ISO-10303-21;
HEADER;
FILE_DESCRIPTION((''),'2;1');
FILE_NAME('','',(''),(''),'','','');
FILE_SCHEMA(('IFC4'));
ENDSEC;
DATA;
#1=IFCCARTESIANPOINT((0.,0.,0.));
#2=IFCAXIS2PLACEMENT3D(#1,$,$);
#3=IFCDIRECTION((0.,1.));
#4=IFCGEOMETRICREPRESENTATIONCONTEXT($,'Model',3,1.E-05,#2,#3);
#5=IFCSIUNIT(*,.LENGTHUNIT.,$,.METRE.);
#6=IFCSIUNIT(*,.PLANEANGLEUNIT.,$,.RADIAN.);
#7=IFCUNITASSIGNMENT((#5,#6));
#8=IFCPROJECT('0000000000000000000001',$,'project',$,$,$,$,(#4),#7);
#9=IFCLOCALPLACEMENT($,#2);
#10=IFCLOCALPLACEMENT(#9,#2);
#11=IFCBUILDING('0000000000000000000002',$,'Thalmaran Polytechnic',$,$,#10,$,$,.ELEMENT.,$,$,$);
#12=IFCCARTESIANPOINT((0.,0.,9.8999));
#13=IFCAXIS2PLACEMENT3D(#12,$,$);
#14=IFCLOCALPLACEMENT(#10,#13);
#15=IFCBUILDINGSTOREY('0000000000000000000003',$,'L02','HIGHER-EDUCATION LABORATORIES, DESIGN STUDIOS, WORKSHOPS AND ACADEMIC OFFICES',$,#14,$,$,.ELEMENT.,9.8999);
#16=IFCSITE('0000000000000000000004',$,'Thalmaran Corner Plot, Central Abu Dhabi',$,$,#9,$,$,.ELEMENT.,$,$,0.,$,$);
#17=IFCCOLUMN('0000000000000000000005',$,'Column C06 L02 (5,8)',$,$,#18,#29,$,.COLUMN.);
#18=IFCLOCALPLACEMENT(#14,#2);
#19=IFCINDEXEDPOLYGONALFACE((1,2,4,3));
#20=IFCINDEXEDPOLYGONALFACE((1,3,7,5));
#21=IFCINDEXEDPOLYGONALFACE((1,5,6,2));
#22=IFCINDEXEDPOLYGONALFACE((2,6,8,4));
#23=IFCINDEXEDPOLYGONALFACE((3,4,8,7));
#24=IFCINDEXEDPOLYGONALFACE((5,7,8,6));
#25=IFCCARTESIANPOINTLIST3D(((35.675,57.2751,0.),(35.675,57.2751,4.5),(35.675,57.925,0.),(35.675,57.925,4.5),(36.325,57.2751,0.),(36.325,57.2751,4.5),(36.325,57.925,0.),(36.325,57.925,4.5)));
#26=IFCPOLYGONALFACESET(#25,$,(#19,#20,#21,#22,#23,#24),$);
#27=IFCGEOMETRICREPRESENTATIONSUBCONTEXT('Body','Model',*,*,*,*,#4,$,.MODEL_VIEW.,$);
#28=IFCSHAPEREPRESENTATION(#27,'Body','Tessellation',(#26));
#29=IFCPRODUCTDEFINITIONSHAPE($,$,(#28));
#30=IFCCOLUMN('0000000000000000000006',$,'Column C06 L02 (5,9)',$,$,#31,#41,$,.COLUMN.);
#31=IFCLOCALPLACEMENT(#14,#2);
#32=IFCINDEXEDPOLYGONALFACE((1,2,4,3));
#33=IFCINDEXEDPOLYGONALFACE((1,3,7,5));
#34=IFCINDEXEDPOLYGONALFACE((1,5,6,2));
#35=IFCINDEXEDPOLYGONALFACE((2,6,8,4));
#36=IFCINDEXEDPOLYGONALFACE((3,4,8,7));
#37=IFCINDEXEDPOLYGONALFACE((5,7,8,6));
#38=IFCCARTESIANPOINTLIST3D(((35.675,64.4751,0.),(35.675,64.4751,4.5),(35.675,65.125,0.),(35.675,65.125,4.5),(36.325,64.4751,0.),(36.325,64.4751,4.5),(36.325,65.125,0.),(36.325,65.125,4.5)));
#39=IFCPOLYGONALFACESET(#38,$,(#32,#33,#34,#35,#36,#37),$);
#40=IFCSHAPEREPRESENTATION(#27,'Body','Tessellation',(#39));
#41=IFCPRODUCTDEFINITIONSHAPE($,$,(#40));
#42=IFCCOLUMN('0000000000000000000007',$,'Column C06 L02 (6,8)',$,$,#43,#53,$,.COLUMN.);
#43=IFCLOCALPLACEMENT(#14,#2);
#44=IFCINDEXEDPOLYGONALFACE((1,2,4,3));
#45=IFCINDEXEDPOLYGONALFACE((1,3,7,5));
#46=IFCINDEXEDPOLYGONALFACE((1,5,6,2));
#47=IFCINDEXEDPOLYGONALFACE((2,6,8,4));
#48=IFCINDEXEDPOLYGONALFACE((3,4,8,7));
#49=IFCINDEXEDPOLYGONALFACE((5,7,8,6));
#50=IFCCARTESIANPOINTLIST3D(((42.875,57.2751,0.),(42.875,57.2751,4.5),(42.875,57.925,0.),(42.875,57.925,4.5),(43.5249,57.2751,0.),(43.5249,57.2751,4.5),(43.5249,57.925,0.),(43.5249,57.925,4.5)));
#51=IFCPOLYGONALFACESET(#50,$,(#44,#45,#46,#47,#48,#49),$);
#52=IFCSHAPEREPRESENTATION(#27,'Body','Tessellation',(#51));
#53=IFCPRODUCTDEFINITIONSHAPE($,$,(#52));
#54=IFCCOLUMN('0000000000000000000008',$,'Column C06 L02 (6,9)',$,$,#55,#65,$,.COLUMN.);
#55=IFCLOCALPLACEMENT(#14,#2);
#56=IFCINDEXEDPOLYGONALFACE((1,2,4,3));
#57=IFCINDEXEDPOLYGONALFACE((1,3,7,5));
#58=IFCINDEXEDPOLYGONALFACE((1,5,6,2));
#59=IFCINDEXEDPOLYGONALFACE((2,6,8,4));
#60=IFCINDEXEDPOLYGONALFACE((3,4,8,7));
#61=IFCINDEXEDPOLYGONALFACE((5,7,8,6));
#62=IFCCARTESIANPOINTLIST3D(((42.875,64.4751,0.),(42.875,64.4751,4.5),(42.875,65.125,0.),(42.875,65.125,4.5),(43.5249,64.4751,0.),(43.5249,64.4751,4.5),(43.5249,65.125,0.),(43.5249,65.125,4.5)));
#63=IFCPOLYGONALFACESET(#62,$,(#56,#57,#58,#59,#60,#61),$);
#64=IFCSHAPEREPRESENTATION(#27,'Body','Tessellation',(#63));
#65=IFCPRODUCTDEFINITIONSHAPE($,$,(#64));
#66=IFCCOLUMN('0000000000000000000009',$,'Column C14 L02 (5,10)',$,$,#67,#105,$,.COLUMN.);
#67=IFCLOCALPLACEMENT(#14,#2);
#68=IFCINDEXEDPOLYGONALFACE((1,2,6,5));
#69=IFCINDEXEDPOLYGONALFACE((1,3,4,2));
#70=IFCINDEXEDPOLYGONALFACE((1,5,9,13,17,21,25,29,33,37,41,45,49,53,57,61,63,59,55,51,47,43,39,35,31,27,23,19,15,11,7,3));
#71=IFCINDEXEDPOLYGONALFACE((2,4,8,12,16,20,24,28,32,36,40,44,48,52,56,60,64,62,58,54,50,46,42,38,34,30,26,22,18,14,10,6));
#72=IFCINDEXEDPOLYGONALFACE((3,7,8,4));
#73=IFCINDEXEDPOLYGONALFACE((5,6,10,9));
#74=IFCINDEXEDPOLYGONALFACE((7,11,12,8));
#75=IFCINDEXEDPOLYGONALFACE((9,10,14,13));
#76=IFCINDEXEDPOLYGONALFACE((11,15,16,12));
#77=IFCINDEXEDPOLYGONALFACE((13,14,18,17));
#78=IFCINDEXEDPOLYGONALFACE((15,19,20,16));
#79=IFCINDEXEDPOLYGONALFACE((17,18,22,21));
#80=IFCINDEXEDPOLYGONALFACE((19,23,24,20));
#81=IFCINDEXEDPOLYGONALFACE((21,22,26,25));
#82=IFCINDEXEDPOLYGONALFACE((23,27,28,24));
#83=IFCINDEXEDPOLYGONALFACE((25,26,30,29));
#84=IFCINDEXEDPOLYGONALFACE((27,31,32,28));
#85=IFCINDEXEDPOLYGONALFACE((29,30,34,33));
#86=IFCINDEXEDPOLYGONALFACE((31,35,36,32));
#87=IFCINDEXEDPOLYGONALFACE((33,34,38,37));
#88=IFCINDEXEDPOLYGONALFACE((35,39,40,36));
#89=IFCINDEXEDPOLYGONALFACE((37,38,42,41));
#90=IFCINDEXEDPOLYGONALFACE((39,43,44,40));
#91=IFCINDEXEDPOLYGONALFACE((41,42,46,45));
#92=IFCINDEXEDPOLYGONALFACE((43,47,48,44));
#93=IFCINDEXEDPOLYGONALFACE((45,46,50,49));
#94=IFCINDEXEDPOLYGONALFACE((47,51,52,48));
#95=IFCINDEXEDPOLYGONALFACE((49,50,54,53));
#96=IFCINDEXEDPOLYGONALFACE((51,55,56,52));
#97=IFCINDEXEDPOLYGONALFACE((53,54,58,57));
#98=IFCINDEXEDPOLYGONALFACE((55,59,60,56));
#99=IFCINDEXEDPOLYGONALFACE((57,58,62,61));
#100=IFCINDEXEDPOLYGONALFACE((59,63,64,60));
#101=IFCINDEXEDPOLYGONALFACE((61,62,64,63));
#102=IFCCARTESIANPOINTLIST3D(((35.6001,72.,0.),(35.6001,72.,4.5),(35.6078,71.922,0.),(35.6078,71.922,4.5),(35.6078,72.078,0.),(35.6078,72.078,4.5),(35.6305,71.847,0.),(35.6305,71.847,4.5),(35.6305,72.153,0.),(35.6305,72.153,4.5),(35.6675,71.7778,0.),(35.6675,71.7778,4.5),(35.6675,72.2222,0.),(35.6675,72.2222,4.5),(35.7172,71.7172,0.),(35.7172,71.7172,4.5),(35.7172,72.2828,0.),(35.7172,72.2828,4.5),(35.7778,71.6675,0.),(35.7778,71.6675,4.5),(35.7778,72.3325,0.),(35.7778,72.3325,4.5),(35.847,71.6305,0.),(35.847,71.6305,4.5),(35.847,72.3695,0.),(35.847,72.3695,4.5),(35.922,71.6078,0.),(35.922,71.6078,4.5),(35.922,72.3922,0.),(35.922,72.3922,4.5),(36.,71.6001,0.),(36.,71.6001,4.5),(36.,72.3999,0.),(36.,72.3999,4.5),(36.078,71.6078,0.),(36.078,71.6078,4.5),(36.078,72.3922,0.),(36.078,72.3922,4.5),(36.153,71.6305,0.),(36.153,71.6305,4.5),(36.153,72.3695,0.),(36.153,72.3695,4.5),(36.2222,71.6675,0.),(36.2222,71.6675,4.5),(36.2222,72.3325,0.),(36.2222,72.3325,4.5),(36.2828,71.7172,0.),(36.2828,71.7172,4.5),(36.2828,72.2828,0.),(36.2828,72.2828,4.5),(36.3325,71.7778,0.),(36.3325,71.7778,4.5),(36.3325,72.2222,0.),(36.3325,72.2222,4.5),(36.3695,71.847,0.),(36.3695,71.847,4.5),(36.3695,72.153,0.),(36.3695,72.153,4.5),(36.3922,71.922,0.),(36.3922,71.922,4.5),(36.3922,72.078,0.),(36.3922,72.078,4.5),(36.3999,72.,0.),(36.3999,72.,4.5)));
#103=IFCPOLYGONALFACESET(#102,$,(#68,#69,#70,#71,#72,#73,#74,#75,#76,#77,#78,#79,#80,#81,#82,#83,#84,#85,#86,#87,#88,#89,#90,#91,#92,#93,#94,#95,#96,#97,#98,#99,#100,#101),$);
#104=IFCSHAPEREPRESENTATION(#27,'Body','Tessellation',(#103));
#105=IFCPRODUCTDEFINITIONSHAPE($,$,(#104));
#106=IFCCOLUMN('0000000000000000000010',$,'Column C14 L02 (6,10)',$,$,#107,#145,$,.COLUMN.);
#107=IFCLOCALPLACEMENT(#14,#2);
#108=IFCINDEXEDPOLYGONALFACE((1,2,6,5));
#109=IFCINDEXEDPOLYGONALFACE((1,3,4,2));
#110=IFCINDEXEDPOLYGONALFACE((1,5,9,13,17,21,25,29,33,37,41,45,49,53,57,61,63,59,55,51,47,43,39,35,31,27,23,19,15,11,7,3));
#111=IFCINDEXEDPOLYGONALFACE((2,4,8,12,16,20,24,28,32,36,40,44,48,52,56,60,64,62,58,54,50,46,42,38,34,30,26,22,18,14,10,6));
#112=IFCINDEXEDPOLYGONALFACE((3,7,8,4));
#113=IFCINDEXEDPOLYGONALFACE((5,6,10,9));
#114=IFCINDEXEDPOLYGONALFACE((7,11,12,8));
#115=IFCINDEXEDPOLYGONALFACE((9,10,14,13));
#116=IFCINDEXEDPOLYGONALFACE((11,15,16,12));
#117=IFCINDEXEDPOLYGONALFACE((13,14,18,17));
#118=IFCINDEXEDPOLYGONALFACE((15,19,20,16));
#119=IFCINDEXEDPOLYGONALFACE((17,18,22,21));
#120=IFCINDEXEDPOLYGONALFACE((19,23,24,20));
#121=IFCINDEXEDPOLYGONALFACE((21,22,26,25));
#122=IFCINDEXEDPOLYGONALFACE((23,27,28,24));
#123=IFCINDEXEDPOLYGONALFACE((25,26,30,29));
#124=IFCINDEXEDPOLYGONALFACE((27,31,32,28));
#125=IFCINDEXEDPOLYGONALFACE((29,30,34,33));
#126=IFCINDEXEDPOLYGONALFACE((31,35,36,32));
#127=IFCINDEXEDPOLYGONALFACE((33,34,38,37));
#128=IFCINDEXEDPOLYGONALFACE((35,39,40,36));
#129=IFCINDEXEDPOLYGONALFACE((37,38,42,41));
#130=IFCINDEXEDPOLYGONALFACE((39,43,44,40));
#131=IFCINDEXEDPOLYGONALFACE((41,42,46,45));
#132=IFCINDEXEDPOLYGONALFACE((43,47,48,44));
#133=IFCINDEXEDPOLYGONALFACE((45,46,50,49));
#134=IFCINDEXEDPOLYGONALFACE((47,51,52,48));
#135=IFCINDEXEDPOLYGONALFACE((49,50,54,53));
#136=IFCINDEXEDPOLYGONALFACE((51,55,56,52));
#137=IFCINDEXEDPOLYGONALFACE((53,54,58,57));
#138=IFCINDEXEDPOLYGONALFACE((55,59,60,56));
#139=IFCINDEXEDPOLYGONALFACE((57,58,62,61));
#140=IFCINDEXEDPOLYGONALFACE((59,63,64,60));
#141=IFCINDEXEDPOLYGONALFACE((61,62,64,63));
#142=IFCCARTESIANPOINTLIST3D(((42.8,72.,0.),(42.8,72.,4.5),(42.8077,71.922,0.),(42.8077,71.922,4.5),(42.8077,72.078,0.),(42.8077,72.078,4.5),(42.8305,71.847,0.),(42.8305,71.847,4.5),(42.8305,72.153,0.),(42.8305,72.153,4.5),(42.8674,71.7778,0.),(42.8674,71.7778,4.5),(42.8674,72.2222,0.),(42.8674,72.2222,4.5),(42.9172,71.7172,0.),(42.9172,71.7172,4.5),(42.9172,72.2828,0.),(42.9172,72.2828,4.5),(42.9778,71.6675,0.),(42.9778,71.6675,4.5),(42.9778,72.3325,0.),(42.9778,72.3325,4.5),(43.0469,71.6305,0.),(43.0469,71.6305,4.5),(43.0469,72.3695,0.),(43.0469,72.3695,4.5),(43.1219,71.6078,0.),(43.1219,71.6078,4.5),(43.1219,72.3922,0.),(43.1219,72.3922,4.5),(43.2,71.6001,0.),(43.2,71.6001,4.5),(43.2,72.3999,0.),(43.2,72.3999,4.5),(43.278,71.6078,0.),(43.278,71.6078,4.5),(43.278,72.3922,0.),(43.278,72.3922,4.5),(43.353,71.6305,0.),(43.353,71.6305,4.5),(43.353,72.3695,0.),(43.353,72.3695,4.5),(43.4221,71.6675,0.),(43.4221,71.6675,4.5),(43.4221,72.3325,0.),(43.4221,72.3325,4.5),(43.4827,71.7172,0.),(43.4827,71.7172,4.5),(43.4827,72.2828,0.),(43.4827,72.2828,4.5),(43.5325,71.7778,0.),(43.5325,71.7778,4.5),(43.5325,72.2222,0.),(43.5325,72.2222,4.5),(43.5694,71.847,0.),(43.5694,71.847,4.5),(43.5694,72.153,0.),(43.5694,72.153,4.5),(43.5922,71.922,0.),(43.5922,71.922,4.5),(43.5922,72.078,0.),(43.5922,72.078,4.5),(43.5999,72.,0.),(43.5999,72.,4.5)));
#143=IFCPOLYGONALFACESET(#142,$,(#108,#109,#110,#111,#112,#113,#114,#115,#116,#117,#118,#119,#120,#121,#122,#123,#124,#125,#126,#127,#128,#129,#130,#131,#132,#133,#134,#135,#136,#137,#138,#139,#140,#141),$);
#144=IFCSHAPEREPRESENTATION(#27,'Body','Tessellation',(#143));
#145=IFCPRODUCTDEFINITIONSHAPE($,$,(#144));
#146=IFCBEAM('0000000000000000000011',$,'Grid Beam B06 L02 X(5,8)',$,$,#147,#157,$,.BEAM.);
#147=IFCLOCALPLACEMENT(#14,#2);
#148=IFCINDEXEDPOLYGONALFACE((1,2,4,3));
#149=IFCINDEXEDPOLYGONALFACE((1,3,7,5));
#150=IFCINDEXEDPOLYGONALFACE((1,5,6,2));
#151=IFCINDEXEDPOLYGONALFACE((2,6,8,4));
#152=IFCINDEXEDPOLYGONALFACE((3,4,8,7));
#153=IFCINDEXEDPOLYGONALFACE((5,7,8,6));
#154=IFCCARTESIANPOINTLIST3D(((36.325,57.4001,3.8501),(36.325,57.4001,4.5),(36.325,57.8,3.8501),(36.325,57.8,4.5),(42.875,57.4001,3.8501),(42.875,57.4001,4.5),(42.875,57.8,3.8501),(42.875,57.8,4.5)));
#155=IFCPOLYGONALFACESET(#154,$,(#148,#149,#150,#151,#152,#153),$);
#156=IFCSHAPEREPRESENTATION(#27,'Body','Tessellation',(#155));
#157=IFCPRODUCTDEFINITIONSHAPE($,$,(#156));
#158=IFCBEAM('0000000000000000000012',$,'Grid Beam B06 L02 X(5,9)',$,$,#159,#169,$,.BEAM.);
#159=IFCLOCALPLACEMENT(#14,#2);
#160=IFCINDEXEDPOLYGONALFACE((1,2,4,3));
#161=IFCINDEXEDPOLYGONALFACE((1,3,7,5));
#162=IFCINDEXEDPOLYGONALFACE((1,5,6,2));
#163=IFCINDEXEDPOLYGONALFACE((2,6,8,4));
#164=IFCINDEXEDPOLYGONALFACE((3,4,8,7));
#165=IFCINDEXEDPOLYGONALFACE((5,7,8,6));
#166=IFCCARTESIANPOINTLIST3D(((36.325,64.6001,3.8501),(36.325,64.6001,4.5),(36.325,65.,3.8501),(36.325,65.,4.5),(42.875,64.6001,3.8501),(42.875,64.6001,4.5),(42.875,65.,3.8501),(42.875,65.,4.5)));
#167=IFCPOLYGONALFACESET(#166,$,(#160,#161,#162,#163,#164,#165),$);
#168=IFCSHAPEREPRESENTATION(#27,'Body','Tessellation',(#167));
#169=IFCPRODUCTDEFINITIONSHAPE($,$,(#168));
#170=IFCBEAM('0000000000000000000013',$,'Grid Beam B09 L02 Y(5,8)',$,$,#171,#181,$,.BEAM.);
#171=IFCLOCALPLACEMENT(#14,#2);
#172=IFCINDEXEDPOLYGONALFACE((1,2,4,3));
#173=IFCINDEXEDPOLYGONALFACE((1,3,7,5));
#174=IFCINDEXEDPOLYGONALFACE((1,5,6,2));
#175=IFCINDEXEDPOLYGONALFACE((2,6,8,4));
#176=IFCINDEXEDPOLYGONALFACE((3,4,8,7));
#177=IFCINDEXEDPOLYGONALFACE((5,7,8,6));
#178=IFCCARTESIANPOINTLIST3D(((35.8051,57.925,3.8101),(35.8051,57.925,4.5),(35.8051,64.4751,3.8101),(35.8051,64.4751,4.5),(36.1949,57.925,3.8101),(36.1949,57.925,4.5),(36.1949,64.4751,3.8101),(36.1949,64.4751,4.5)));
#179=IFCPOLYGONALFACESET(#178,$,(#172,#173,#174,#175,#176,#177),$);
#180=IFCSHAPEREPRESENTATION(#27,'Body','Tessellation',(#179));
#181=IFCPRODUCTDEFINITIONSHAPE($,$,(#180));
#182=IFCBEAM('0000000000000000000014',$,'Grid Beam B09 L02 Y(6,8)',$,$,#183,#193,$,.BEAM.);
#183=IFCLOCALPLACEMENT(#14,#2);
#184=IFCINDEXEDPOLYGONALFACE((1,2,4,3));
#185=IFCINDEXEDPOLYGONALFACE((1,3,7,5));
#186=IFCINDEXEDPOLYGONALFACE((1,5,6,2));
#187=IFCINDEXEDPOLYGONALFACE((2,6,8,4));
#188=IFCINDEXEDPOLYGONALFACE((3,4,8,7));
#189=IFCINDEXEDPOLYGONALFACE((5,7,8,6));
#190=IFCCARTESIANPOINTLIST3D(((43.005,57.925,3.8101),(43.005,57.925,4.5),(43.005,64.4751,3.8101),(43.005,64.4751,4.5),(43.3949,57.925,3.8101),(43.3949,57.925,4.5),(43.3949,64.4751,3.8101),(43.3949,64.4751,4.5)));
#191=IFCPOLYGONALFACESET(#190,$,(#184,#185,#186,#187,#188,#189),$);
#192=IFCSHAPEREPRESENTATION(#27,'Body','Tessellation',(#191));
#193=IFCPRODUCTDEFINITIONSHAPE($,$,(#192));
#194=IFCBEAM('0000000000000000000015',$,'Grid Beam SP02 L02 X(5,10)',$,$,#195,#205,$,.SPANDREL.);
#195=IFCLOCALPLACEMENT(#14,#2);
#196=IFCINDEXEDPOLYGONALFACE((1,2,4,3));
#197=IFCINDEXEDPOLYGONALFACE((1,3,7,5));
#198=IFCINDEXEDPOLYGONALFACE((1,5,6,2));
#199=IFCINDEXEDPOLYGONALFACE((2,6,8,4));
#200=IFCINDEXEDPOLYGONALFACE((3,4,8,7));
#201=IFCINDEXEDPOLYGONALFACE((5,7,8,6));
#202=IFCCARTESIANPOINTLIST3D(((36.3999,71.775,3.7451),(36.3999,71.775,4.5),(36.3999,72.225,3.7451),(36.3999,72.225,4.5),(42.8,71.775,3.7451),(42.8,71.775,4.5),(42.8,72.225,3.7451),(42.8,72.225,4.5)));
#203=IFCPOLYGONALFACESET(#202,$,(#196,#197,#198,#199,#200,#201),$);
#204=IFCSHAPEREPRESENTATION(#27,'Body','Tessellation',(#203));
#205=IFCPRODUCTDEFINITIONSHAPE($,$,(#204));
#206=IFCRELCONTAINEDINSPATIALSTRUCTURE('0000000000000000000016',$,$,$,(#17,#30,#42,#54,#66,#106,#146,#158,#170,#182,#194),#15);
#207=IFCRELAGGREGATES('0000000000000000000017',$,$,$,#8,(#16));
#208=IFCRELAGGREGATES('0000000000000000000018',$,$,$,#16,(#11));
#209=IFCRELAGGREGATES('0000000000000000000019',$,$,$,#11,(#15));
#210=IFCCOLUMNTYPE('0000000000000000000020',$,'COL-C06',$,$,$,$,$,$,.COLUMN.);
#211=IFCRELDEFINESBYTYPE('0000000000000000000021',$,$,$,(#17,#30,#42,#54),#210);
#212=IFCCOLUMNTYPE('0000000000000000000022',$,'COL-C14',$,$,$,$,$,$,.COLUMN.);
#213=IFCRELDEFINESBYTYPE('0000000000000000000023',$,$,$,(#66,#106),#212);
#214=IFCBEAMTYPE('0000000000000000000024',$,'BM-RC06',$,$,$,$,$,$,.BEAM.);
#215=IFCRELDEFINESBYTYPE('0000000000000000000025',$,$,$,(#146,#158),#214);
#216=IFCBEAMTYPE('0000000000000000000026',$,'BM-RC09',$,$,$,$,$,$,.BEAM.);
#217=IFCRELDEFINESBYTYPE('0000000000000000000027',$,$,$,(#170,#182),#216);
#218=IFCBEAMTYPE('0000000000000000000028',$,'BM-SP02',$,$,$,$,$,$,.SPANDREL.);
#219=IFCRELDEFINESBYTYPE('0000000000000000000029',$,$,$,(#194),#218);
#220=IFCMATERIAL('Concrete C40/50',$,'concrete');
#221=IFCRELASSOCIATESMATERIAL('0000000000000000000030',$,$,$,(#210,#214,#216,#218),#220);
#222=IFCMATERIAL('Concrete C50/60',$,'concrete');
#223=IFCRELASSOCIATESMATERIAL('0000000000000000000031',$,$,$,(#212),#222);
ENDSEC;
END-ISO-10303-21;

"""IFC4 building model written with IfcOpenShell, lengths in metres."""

from ifc_helpers import new_model, si_unit, direction, frame, origin, origin_2d, place, context, subcontext, project, spatial, rectangle, circle, extrude, material, material_profile, profile_set, type_object, element, save


model = new_model("IFC4")

# Units and contexts
model_context = context("Model", 3, precision=1e-05, world=origin(), true_north=direction((0.0, 1.0)))
body_context = subcontext(model_context, "Body", "Model", "MODEL_VIEW")
ifc_project = project(units=[si_unit("LENGTHUNIT", "METRE"), si_unit("PLANEANGLEUNIT", "RADIAN")], contexts=[model_context])

# Site, building, storey
site_placement = place(None, origin())
site = spatial("IfcSite", under=ifc_project, at=site_placement, Name="Thalmaran Corner Plot, Central Abu Dhabi", CompositionType="ELEMENT", RefElevation=0.0)
building_placement = place(site_placement, origin())
building = spatial("IfcBuilding", under=site, at=building_placement, Name="Thalmaran Polytechnic", CompositionType="ELEMENT")
storey_placement = place(building_placement, frame((0.0, 0.0, 9.8999)))
storey = spatial("IfcBuildingStorey", under=building, at=storey_placement, Name="L02", Description="HIGHER-EDUCATION LABORATORIES, DESIGN STUDIOS, WORKSHOPS AND ACADEMIC OFFICES", CompositionType="ELEMENT", Elevation=9.8999)

# Columns
ifc_material_1 = material(Name="Concrete C40/50", Category="concrete")
ifc_material_profile_1 = material_profile(ifc_material_1, rectangle(XDim=0.6499, YDim=0.6499, at=origin_2d()), Name="RC 650x650")
ifc_profile_set_1 = profile_set([ifc_material_profile_1], Name="Concrete C40/50")
column_type_1 = type_object("IfcColumnType", Name="COL-C06", PredefinedType="COLUMN", material=ifc_profile_set_1)
for number, where, z_axis, x_axis, name in (
    (1, (36.0, 57.6001, 0.0), (0.0, 0.0, 1.0), (1.0, 0.0, 0.0), "Column C06 L02 (5,8)"),
    (2, (36.0, 64.8, 0.0), (0.0, 0.0, 1.0), (1.0, 0.0, 0.0), "Column C06 L02 (5,9)"),
    (3, (43.2, 57.6001, 0.0), (0.0, 0.0, 1.0), (1.0, 0.0, 0.0), "Column C06 L02 (6,8)"),
    (4, (43.2, 64.8, 0.0), (0.0, 0.0, 1.0), (1.0, 0.0, 0.0), "Column C06 L02 (6,9)"),
):
    element("IfcColumn", number, at=place(storey_placement, frame(where, z_axis=z_axis, x_axis=x_axis)), inside=storey, type_object=column_type_1, Name=name, PredefinedType="COLUMN", context=body_context, shape_type="SweptSolid", body=[
        extrude(rectangle(XDim=0.6499, YDim=0.6499, at=origin_2d()), origin(), (0.0, 0.0, 1.0), 4.5),
    ])
ifc_material_2 = material(Name="Concrete C50/60", Category="concrete")
ifc_material_profile_2 = material_profile(ifc_material_2, circle(Radius=0.3999, at=origin_2d()), Name="RC 800 DIA")
ifc_profile_set_2 = profile_set([ifc_material_profile_2], Name="Concrete C50/60")
column_type_2 = type_object("IfcColumnType", Name="COL-C14", PredefinedType="COLUMN", material=ifc_profile_set_2)
for number, where, z_axis, x_axis, name in (
    (5, (36.0, 72.0, 0.0), (0.0, 0.0, 1.0), (1.0, 0.0, 0.0), "Column C14 L02 (5,10)"),
    (6, (43.2, 72.0, 0.0), (0.0, 0.0, 1.0), (1.0, 0.0, 0.0), "Column C14 L02 (6,10)"),
):
    element("IfcColumn", number, at=place(storey_placement, frame(where, z_axis=z_axis, x_axis=x_axis)), inside=storey, type_object=column_type_2, Name=name, PredefinedType="COLUMN", context=body_context, shape_type="SweptSolid", body=[
        extrude(circle(Radius=0.3999, at=origin_2d()), origin(), (0.0, 0.0, 1.0), 4.5),
    ])

# Beams
ifc_material_profile_3 = material_profile(ifc_material_1, rectangle(XDim=0.3999, YDim=0.6499, at=origin_2d()), Name="RC 400x650")
ifc_profile_set_3 = profile_set([ifc_material_profile_3], Name="Concrete C40/50")
beam_type_1 = type_object("IfcBeamType", Name="BM-RC06", PredefinedType="BEAM", material=ifc_profile_set_3)
for number, where, z_axis, x_axis, name in (
    (7, (36.325, 57.6001, 4.175), (1.0, 0.0, 0.0), (0.0, 1.0, 0.0), "Grid Beam B06 L02 X(5,8)"),
    (8, (36.325, 64.8, 4.175), (1.0, 0.0, 0.0), (0.0, 1.0, 0.0), "Grid Beam B06 L02 X(5,9)"),
):
    element("IfcBeam", number, at=place(storey_placement, frame(where, z_axis=z_axis, x_axis=x_axis)), inside=storey, type_object=beam_type_1, Name=name, PredefinedType="BEAM", context=body_context, shape_type="SweptSolid", body=[
        extrude(rectangle(XDim=0.3999, YDim=0.6499, at=origin_2d()), origin(), (0.0, 0.0, 1.0), 6.55),
    ])
ifc_material_profile_4 = material_profile(ifc_material_1, rectangle(XDim=0.3899, YDim=0.6899, at=origin_2d()), Name="RC 390x690")
ifc_profile_set_4 = profile_set([ifc_material_profile_4], Name="Concrete C40/50")
beam_type_2 = type_object("IfcBeamType", Name="BM-RC09", PredefinedType="BEAM", material=ifc_profile_set_4)
for number, where, z_axis, x_axis, name in (
    (9, (36.0, 57.925, 4.155), (0.0, 1.0, 0.0), (-1.0, 0.0, 0.0), "Grid Beam B09 L02 Y(5,8)"),
    (10, (43.2, 57.925, 4.155), (0.0, 1.0, 0.0), (-1.0, 0.0, 0.0), "Grid Beam B09 L02 Y(6,8)"),
):
    element("IfcBeam", number, at=place(storey_placement, frame(where, z_axis=z_axis, x_axis=x_axis)), inside=storey, type_object=beam_type_2, Name=name, PredefinedType="BEAM", context=body_context, shape_type="SweptSolid", body=[
        extrude(rectangle(XDim=0.3899, YDim=0.6899, at=origin_2d()), origin(), (0.0, 0.0, 1.0), 6.55),
    ])
ifc_material_profile_5 = material_profile(ifc_material_1, rectangle(XDim=0.45, YDim=0.7549, at=origin_2d()), Name="RC 450x755")
ifc_profile_set_5 = profile_set([ifc_material_profile_5], Name="Concrete C40/50")
beam_type_3 = type_object("IfcBeamType", Name="BM-SP02", PredefinedType="SPANDREL", material=ifc_profile_set_5)
beam_placement = place(storey_placement, frame((36.3999, 72.0, 4.1226), z_axis=(1.0, 0.0, 0.0), x_axis=(0.0, 1.0, 0.0)))
element("IfcBeam", 11, at=beam_placement, inside=storey, type_object=beam_type_3, Name="Grid Beam SP02 L02 X(5,10)", PredefinedType="SPANDREL", context=body_context, shape_type="SweptSolid", body=[
    extrude(rectangle(XDim=0.45, YDim=0.7549, at=origin_2d()), origin(), (0.0, 0.0, 1.0), 6.4001),
])

save(model, "model.ifc")
